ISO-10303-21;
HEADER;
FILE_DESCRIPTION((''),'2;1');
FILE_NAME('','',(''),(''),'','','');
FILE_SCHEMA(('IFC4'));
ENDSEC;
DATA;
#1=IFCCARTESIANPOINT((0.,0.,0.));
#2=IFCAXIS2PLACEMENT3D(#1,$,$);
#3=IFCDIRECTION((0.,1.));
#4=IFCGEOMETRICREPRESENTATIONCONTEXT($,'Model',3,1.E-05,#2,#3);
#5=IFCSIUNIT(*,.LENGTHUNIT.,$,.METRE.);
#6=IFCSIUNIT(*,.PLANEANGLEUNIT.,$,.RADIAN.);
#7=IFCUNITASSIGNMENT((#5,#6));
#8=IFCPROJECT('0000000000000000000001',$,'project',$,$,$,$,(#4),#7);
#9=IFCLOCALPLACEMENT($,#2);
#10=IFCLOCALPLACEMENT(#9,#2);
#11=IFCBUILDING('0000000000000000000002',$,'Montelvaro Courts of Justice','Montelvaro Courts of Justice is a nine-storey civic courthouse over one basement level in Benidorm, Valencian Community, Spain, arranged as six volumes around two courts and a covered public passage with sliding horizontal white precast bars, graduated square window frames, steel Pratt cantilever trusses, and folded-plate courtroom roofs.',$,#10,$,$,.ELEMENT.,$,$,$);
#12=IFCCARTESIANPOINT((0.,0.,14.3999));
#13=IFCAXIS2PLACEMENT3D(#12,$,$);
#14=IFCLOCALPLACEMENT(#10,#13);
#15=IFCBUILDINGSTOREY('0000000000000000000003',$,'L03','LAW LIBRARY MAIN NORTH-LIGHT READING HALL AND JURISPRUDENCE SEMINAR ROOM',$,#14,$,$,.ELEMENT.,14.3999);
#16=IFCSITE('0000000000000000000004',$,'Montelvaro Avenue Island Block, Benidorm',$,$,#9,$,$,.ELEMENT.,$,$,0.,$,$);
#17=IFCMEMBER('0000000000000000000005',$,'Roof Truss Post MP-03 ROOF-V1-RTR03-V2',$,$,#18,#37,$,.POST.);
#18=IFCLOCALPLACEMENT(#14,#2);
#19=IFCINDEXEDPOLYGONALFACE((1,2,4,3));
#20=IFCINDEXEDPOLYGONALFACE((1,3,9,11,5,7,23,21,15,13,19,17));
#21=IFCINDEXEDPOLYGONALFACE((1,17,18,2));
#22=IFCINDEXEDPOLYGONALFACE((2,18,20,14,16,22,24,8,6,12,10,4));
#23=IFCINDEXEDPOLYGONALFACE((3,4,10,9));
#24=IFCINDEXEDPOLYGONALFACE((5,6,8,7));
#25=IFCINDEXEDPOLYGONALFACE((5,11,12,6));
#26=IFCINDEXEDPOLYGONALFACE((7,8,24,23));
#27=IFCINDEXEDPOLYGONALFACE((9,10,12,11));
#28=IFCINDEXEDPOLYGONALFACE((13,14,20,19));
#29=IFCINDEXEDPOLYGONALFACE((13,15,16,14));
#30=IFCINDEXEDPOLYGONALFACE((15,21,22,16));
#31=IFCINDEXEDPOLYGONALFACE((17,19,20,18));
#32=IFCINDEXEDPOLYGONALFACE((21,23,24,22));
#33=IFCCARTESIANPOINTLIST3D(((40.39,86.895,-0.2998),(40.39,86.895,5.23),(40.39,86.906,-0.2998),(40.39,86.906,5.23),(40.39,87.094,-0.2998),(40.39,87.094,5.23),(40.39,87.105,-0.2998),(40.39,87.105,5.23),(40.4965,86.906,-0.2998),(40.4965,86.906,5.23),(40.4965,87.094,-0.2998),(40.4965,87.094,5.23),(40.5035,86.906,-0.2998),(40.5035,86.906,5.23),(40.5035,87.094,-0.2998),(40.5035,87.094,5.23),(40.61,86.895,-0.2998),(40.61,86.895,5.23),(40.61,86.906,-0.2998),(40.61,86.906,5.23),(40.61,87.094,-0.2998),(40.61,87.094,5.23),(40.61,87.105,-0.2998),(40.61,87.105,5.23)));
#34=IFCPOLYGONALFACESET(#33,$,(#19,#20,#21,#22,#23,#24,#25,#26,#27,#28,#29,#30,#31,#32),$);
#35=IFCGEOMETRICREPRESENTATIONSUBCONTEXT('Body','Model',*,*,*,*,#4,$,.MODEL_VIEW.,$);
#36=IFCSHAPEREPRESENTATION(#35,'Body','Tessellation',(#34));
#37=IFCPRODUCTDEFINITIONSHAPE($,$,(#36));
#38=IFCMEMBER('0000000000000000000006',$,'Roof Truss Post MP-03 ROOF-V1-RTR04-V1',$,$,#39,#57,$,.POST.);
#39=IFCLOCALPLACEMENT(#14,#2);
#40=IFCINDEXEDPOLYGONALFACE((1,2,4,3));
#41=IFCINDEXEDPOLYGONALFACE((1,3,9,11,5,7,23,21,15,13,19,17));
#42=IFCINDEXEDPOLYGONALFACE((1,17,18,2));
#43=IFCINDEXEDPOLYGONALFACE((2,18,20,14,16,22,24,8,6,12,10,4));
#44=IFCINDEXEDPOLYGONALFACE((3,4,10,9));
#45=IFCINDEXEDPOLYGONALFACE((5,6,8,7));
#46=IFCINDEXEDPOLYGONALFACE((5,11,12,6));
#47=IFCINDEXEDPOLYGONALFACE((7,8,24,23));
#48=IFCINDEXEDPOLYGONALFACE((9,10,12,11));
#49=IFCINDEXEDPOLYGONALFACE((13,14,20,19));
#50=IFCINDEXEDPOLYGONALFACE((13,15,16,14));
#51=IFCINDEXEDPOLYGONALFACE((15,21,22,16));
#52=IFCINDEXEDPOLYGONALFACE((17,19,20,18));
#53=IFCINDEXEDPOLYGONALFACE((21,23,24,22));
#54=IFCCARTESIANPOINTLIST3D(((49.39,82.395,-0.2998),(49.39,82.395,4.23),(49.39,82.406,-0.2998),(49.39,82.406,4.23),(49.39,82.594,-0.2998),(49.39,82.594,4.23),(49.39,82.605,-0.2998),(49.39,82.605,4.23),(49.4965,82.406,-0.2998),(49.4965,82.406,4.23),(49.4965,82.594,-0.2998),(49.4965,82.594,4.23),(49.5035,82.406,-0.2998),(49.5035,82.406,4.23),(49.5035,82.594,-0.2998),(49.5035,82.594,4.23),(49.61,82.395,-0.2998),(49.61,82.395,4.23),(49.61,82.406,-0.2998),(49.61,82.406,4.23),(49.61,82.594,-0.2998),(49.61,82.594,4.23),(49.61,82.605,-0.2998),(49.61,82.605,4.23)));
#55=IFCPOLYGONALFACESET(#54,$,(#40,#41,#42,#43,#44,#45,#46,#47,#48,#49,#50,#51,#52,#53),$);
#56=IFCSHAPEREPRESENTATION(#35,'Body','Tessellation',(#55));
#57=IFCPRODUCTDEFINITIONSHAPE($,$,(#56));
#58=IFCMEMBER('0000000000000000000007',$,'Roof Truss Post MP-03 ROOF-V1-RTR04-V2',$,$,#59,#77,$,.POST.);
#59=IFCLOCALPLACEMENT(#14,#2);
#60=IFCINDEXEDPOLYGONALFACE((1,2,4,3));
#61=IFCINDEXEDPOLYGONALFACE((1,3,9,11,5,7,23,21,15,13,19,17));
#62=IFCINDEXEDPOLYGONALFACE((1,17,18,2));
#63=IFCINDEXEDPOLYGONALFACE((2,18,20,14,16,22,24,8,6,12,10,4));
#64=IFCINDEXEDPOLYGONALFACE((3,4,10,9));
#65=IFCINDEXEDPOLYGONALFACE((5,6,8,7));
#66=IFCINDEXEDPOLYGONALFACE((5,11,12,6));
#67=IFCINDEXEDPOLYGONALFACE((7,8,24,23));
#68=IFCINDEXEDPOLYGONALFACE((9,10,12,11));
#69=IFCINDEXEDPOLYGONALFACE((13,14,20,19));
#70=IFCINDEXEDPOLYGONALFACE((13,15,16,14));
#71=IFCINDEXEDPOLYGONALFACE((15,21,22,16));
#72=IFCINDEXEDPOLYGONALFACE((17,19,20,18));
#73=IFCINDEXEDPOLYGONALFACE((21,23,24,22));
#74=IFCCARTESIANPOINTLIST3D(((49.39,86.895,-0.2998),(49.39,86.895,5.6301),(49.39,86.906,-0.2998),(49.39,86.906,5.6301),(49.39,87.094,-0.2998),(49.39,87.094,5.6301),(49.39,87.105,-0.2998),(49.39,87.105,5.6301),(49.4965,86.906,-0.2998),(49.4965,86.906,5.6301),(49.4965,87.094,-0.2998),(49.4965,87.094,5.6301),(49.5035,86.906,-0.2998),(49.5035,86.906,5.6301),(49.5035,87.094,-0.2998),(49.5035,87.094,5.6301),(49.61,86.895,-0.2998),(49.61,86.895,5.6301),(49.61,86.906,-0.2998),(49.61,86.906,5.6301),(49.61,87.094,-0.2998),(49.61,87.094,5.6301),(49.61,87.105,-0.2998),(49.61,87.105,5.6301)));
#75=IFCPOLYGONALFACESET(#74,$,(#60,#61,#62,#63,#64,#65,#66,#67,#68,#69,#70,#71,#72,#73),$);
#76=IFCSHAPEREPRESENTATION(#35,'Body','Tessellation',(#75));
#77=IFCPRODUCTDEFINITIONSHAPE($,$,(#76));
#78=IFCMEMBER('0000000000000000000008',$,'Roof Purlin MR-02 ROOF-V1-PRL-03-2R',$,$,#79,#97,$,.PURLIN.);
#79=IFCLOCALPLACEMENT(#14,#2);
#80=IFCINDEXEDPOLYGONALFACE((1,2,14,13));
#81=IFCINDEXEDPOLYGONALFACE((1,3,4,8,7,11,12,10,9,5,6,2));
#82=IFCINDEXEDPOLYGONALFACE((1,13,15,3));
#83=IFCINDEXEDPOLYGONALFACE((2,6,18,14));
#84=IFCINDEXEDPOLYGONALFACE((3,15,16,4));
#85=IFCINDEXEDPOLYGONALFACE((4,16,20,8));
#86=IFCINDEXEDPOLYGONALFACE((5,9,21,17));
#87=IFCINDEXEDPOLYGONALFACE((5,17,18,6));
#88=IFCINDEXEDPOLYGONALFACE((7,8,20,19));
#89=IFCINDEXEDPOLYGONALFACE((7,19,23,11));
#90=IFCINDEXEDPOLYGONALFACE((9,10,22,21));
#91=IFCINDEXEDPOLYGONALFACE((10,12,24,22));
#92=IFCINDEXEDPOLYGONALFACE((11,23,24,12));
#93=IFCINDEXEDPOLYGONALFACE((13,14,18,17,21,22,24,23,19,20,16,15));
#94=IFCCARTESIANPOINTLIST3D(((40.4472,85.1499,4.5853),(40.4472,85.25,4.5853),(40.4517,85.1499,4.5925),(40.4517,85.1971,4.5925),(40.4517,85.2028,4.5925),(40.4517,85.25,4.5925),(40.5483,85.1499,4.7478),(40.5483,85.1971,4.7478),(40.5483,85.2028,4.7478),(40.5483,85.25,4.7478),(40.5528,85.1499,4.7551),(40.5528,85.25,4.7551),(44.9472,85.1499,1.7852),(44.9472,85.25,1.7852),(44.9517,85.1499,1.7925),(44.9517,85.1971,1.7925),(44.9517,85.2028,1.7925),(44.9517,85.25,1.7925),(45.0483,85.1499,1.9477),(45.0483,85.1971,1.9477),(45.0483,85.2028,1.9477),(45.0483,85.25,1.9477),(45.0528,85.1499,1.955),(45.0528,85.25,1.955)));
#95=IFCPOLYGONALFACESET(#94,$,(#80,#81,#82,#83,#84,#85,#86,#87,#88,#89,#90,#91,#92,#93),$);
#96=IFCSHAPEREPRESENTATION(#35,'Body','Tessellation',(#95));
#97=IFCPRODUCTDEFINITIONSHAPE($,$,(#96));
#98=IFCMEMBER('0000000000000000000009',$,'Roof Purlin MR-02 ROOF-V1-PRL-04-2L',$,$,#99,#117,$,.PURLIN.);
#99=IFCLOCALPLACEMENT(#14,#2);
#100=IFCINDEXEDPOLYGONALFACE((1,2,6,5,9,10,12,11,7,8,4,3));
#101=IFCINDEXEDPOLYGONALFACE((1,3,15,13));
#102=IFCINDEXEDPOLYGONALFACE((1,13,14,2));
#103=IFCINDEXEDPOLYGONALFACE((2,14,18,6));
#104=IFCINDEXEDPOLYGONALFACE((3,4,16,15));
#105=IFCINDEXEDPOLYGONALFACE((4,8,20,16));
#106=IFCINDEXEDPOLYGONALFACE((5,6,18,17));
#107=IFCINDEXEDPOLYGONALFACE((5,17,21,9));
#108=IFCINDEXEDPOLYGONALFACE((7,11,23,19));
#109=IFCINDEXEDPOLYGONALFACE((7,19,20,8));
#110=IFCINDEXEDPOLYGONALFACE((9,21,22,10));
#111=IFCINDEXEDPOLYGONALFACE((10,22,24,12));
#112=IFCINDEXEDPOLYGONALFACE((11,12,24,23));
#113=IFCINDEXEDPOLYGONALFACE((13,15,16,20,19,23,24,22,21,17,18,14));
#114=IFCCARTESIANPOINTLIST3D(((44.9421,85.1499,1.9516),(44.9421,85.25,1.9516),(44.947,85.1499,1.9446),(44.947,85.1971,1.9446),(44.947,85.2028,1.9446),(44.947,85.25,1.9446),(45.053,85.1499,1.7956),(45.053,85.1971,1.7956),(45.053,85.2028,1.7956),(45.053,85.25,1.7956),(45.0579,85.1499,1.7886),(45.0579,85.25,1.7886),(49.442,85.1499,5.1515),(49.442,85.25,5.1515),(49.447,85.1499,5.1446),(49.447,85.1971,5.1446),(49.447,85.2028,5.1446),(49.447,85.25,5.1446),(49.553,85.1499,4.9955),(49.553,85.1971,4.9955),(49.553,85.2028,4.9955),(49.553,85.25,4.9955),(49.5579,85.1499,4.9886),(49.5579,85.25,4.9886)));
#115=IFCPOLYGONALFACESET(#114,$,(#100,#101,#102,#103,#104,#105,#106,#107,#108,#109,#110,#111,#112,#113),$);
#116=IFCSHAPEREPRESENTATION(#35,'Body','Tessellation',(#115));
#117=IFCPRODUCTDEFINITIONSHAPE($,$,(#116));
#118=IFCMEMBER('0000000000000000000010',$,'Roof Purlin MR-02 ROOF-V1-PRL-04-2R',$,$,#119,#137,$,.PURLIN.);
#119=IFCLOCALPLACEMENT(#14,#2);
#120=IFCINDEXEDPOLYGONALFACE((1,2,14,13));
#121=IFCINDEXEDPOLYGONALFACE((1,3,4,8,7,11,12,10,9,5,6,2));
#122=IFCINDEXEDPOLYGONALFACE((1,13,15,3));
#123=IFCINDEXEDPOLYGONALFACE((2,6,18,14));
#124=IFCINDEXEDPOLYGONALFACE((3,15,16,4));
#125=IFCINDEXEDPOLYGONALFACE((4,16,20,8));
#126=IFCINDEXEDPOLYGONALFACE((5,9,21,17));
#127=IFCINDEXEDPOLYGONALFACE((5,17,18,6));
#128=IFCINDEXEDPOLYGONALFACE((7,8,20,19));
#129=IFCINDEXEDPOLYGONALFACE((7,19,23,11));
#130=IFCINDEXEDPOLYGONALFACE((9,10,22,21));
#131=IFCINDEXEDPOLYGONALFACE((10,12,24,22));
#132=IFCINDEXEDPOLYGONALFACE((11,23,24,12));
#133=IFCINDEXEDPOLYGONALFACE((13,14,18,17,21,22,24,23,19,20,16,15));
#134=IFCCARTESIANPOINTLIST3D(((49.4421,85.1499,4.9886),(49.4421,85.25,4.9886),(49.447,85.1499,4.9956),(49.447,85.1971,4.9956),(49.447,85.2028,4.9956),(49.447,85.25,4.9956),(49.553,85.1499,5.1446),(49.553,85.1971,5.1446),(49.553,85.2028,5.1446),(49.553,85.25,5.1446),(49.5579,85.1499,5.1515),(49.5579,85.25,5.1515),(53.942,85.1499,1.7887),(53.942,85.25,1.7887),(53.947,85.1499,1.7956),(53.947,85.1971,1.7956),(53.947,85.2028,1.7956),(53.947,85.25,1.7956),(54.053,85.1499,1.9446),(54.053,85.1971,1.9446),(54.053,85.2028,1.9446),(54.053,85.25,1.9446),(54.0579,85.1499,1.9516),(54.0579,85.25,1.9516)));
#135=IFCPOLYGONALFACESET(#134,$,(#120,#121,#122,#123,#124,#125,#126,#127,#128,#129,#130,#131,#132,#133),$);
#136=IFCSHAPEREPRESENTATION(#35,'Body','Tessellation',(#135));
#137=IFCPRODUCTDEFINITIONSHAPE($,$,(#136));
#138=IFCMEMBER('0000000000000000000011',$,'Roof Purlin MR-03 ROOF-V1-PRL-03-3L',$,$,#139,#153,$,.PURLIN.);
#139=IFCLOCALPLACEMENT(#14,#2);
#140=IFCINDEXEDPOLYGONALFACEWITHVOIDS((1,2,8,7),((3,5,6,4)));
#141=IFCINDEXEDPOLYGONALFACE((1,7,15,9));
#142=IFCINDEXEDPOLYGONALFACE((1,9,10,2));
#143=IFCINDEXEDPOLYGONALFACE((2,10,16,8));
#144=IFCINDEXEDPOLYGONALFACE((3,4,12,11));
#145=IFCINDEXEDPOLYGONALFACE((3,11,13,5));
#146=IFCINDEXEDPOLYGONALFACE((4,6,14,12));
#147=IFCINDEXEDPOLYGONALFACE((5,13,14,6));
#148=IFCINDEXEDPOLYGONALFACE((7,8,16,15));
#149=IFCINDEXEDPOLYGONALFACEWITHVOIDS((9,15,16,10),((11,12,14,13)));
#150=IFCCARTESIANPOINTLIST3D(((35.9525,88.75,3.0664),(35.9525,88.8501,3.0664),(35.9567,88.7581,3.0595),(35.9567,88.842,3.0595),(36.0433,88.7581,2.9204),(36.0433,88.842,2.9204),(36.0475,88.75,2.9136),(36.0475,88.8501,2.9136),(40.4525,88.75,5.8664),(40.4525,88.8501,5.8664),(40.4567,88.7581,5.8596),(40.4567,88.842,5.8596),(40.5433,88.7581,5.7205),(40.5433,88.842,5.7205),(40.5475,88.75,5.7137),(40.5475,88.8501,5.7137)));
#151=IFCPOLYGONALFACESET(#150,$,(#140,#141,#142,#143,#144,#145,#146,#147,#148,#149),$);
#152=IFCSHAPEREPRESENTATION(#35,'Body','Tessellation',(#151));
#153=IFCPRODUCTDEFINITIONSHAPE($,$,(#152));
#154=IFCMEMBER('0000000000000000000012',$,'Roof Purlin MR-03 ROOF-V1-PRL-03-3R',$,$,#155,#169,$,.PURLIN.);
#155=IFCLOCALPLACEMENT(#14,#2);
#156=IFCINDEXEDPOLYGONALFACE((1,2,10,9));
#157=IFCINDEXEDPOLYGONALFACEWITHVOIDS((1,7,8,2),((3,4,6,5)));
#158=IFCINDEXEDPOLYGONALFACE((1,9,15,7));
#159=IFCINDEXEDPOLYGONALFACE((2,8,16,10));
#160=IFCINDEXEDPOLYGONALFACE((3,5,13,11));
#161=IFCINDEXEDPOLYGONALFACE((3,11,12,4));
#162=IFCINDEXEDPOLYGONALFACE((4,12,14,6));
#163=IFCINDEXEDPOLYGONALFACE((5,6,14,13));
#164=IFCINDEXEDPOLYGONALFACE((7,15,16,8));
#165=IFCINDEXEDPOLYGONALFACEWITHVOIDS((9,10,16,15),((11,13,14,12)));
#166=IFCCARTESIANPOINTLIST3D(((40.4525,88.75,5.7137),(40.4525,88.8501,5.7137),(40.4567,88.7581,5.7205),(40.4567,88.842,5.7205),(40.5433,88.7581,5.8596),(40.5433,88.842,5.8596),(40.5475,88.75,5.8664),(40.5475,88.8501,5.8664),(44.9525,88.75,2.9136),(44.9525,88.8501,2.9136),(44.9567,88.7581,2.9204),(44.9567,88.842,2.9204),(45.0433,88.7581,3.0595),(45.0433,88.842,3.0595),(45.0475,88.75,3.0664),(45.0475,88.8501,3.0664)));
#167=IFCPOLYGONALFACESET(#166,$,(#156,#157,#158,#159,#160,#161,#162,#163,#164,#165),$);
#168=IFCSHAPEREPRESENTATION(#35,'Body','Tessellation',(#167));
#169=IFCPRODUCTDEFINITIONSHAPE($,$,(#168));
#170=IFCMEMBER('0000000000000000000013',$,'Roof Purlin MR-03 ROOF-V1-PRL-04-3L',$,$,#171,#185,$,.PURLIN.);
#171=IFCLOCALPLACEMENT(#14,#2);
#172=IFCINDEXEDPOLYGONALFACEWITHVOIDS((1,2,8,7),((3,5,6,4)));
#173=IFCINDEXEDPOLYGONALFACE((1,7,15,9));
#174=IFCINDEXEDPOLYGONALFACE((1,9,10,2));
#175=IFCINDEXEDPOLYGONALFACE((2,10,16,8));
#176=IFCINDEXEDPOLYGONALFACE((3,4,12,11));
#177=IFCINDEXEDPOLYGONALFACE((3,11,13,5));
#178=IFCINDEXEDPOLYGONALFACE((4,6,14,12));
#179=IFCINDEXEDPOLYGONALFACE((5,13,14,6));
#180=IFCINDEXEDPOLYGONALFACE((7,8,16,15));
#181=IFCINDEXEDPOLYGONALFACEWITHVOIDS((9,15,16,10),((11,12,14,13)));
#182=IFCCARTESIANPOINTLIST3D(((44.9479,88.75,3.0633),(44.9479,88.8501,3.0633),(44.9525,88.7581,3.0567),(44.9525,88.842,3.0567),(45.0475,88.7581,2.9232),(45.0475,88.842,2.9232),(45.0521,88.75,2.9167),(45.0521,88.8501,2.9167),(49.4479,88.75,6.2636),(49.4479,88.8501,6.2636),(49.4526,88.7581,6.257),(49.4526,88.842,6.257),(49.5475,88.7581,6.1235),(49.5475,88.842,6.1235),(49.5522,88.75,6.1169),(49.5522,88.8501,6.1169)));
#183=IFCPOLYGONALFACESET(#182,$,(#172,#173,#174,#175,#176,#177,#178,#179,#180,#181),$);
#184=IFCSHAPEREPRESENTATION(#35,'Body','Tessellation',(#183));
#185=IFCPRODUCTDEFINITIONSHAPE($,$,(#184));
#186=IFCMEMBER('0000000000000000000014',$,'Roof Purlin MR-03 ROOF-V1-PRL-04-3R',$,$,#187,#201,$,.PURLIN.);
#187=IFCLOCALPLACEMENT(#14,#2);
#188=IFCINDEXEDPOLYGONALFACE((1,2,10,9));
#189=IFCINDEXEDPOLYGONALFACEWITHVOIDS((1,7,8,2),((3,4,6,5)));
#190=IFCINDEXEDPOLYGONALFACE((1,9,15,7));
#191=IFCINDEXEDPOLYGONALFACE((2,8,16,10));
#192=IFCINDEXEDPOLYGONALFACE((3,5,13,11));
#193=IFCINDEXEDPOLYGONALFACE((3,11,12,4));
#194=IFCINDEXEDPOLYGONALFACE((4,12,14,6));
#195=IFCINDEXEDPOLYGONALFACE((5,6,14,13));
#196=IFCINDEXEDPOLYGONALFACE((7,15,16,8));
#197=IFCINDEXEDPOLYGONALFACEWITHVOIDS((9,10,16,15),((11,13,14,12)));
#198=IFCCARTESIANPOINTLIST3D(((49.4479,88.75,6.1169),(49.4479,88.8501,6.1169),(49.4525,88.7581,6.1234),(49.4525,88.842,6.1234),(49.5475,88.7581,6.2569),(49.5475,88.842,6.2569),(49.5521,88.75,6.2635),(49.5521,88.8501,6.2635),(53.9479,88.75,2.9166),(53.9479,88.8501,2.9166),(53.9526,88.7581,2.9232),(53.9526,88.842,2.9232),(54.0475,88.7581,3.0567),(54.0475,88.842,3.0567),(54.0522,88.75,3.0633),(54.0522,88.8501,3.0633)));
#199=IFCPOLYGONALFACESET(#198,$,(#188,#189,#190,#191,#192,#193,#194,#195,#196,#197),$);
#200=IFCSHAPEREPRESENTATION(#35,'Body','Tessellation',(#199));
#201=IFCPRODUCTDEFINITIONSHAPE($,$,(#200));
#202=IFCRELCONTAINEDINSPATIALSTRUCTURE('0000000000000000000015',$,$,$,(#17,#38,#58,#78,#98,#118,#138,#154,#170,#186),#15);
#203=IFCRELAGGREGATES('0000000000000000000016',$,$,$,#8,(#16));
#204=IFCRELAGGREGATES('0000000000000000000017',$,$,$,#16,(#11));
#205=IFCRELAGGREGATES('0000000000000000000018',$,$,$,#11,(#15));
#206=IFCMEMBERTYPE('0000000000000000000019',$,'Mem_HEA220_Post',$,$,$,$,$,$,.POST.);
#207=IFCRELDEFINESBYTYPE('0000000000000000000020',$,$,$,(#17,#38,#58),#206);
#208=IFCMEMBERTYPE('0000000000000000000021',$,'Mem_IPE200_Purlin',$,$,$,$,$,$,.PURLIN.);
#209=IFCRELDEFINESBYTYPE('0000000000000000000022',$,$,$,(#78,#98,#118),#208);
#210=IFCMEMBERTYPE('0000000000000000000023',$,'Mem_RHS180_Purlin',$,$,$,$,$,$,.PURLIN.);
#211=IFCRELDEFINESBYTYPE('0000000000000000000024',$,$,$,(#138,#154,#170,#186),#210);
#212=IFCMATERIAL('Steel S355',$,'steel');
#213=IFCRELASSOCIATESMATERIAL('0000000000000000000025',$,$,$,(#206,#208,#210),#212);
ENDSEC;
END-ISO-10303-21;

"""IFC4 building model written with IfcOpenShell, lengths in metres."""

from ifc_helpers import new_model, si_unit, direction, frame, origin, origin_2d, place, context, subcontext, project, spatial, hollow_rectangle, i_section, extrude, material, material_profile, profile_set, type_object, element, save


model = new_model("IFC4")

# Units and contexts
model_context = context("Model", 3, precision=1e-05, world=origin(), true_north=direction((0.0, 1.0)))
body_context = subcontext(model_context, "Body", "Model", "MODEL_VIEW")
ifc_project = project(units=[si_unit("LENGTHUNIT", "METRE"), si_unit("PLANEANGLEUNIT", "RADIAN")], contexts=[model_context])

# Site, building, storey
site_placement = place(None, origin())
site = spatial("IfcSite", under=ifc_project, at=site_placement, Name="Montelvaro Avenue Island Block, Benidorm", CompositionType="ELEMENT", RefElevation=0.0)
building_placement = place(site_placement, origin())
building = spatial("IfcBuilding", under=site, at=building_placement, Name="Montelvaro Courts of Justice", Description="Montelvaro Courts of Justice is a nine-storey civic courthouse over one basement level in Benidorm, Valencian Community, Spain, arranged as six volumes around two courts and a covered public passage with sliding horizontal white precast bars, graduated square window frames, steel Pratt cantilever trusses, and folded-plate courtroom roofs.", CompositionType="ELEMENT")
storey_placement = place(building_placement, frame((0.0, 0.0, 14.3999)))
storey = spatial("IfcBuildingStorey", under=building, at=storey_placement, Name="L03", Description="LAW LIBRARY MAIN NORTH-LIGHT READING HALL AND JURISPRUDENCE SEMINAR ROOM", CompositionType="ELEMENT", Elevation=14.3999)

# Members
ifc_material = material(Name="Steel S355", Category="steel")
ifc_material_profile_1 = material_profile(ifc_material, i_section(OverallWidth=0.22, OverallDepth=0.21, WebThickness=0.0071, FlangeThickness=0.011, at=origin_2d()), Name="HEA 220")
ifc_profile_set_1 = profile_set([ifc_material_profile_1], Name="Steel S355")
member_type_1 = type_object("IfcMemberType", Name="Mem_HEA220_Post", PredefinedType="POST", material=ifc_profile_set_1)
member_1_placement = place(storey_placement, frame((40.5, 87.0, -0.2998), z_axis=(0.0, 0.0, 1.0), x_axis=(1.0, 0.0, 0.0)))
element("IfcMember", 1, at=member_1_placement, inside=storey, type_object=member_type_1, Name="Roof Truss Post MP-03 ROOF-V1-RTR03-V2", PredefinedType="POST", context=body_context, shape_type="SweptSolid", body=[
    extrude(i_section(OverallWidth=0.22, OverallDepth=0.21, WebThickness=0.0071, FlangeThickness=0.011, at=origin_2d()), origin(), (0.0, 0.0, 1.0), 5.5298),
])
member_2_placement = place(storey_placement, frame((49.5, 82.5, -0.2998), z_axis=(0.0, 0.0, 1.0), x_axis=(1.0, 0.0, 0.0)))
element("IfcMember", 2, at=member_2_placement, inside=storey, type_object=member_type_1, Name="Roof Truss Post MP-03 ROOF-V1-RTR04-V1", PredefinedType="POST", context=body_context, shape_type="SweptSolid", body=[
    extrude(i_section(OverallWidth=0.22, OverallDepth=0.21, WebThickness=0.0071, FlangeThickness=0.011, at=origin_2d()), origin(), (0.0, 0.0, 1.0), 4.5298),
])
member_3_placement = place(storey_placement, frame((49.5, 87.0, -0.2998), z_axis=(0.0, 0.0, 1.0), x_axis=(1.0, 0.0, 0.0)))
element("IfcMember", 3, at=member_3_placement, inside=storey, type_object=member_type_1, Name="Roof Truss Post MP-03 ROOF-V1-RTR04-V2", PredefinedType="POST", context=body_context, shape_type="SweptSolid", body=[
    extrude(i_section(OverallWidth=0.22, OverallDepth=0.21, WebThickness=0.0071, FlangeThickness=0.011, at=origin_2d()), origin(), (0.0, 0.0, 1.0), 5.9299),
])
ifc_material_profile_2 = material_profile(ifc_material, i_section(OverallWidth=0.1001, OverallDepth=0.2, WebThickness=0.0056, FlangeThickness=0.0085, at=origin_2d()), Name="IPE 200")
ifc_profile_set_2 = profile_set([ifc_material_profile_2], Name="Steel S355")
member_type_2 = type_object("IfcMemberType", Name="Mem_IPE200_Purlin", PredefinedType="PURLIN", material=ifc_profile_set_2)
member_4_placement = place(storey_placement, frame((40.5, 85.2, 4.6702), z_axis=(0.849052, 0.0, -0.528309), x_axis=(0.0, 1.0, 0.0)))
element("IfcMember", 4, at=member_4_placement, inside=storey, type_object=member_type_2, Name="Roof Purlin MR-02 ROOF-V1-PRL-03-2R", PredefinedType="PURLIN", context=body_context, shape_type="SweptSolid", body=[
    extrude(i_section(OverallWidth=0.1001, OverallDepth=0.2, WebThickness=0.0056, FlangeThickness=0.0085, at=origin_2d()), origin(), (0.0, 0.0, 1.0), 5.3),
])
for number, where, z_axis, x_axis, name in (
    (5, (45.0, 85.2, 1.8701), (0.81496, 0.0, 0.579518), (0.0, 1.0, 0.0), "Roof Purlin MR-02 ROOF-V1-PRL-04-2L"),
    (6, (49.5, 85.2, 5.0701), (0.81496, 0.0, -0.579518), (0.0, 1.0, 0.0), "Roof Purlin MR-02 ROOF-V1-PRL-04-2R"),
):
    element("IfcMember", number, at=place(storey_placement, frame(where, z_axis=z_axis, x_axis=x_axis)), inside=storey, type_object=member_type_2, Name=name, PredefinedType="PURLIN", context=body_context, shape_type="SweptSolid", body=[
        extrude(i_section(OverallWidth=0.1001, OverallDepth=0.2, WebThickness=0.0056, FlangeThickness=0.0085, at=origin_2d()), origin(), (0.0, 0.0, 1.0), 5.5217),
    ])
ifc_material_profile_3 = material_profile(ifc_material, hollow_rectangle(XDim=0.1001, YDim=0.1799, WallThickness=0.0081, at=origin_2d()), Name="RHS 180x100x8")
ifc_profile_set_3 = profile_set([ifc_material_profile_3], Name="Steel S355")
member_type_3 = type_object("IfcMemberType", Name="Mem_RHS180_Purlin", PredefinedType="PURLIN", material=ifc_profile_set_3)
for number, where, z_axis, x_axis, name in (
    (7, (36.0, 88.8, 2.99), (0.849052, 0.0, 0.528309), (0.0, 1.0, 0.0), "Roof Purlin MR-03 ROOF-V1-PRL-03-3L"),
    (8, (40.5, 88.8, 5.79), (0.849052, 0.0, -0.528309), (0.0, 1.0, 0.0), "Roof Purlin MR-03 ROOF-V1-PRL-03-3R"),
):
    element("IfcMember", number, at=place(storey_placement, frame(where, z_axis=z_axis, x_axis=x_axis)), inside=storey, type_object=member_type_3, Name=name, PredefinedType="PURLIN", context=body_context, shape_type="SweptSolid", body=[
        extrude(hollow_rectangle(XDim=0.1001, YDim=0.1799, WallThickness=0.0081, at=origin_2d()), origin(), (0.0, 0.0, 1.0), 5.3),
    ])
for number, where, z_axis, x_axis, name in (
    (9, (45.0, 88.8, 2.99), (0.814939, 0.0, 0.579547), (0.0, 1.0, 0.0), "Roof Purlin MR-03 ROOF-V1-PRL-04-3L"),
    (10, (49.5, 88.8, 6.1902), (0.814939, 0.0, -0.579547), (0.0, 1.0, 0.0), "Roof Purlin MR-03 ROOF-V1-PRL-04-3R"),
):
    element("IfcMember", number, at=place(storey_placement, frame(where, z_axis=z_axis, x_axis=x_axis)), inside=storey, type_object=member_type_3, Name=name, PredefinedType="PURLIN", context=body_context, shape_type="SweptSolid", body=[
        extrude(hollow_rectangle(XDim=0.1001, YDim=0.1799, WallThickness=0.0081, at=origin_2d()), origin(), (0.0, 0.0, 1.0), 5.522),
    ])

save(model, "model.ifc")
